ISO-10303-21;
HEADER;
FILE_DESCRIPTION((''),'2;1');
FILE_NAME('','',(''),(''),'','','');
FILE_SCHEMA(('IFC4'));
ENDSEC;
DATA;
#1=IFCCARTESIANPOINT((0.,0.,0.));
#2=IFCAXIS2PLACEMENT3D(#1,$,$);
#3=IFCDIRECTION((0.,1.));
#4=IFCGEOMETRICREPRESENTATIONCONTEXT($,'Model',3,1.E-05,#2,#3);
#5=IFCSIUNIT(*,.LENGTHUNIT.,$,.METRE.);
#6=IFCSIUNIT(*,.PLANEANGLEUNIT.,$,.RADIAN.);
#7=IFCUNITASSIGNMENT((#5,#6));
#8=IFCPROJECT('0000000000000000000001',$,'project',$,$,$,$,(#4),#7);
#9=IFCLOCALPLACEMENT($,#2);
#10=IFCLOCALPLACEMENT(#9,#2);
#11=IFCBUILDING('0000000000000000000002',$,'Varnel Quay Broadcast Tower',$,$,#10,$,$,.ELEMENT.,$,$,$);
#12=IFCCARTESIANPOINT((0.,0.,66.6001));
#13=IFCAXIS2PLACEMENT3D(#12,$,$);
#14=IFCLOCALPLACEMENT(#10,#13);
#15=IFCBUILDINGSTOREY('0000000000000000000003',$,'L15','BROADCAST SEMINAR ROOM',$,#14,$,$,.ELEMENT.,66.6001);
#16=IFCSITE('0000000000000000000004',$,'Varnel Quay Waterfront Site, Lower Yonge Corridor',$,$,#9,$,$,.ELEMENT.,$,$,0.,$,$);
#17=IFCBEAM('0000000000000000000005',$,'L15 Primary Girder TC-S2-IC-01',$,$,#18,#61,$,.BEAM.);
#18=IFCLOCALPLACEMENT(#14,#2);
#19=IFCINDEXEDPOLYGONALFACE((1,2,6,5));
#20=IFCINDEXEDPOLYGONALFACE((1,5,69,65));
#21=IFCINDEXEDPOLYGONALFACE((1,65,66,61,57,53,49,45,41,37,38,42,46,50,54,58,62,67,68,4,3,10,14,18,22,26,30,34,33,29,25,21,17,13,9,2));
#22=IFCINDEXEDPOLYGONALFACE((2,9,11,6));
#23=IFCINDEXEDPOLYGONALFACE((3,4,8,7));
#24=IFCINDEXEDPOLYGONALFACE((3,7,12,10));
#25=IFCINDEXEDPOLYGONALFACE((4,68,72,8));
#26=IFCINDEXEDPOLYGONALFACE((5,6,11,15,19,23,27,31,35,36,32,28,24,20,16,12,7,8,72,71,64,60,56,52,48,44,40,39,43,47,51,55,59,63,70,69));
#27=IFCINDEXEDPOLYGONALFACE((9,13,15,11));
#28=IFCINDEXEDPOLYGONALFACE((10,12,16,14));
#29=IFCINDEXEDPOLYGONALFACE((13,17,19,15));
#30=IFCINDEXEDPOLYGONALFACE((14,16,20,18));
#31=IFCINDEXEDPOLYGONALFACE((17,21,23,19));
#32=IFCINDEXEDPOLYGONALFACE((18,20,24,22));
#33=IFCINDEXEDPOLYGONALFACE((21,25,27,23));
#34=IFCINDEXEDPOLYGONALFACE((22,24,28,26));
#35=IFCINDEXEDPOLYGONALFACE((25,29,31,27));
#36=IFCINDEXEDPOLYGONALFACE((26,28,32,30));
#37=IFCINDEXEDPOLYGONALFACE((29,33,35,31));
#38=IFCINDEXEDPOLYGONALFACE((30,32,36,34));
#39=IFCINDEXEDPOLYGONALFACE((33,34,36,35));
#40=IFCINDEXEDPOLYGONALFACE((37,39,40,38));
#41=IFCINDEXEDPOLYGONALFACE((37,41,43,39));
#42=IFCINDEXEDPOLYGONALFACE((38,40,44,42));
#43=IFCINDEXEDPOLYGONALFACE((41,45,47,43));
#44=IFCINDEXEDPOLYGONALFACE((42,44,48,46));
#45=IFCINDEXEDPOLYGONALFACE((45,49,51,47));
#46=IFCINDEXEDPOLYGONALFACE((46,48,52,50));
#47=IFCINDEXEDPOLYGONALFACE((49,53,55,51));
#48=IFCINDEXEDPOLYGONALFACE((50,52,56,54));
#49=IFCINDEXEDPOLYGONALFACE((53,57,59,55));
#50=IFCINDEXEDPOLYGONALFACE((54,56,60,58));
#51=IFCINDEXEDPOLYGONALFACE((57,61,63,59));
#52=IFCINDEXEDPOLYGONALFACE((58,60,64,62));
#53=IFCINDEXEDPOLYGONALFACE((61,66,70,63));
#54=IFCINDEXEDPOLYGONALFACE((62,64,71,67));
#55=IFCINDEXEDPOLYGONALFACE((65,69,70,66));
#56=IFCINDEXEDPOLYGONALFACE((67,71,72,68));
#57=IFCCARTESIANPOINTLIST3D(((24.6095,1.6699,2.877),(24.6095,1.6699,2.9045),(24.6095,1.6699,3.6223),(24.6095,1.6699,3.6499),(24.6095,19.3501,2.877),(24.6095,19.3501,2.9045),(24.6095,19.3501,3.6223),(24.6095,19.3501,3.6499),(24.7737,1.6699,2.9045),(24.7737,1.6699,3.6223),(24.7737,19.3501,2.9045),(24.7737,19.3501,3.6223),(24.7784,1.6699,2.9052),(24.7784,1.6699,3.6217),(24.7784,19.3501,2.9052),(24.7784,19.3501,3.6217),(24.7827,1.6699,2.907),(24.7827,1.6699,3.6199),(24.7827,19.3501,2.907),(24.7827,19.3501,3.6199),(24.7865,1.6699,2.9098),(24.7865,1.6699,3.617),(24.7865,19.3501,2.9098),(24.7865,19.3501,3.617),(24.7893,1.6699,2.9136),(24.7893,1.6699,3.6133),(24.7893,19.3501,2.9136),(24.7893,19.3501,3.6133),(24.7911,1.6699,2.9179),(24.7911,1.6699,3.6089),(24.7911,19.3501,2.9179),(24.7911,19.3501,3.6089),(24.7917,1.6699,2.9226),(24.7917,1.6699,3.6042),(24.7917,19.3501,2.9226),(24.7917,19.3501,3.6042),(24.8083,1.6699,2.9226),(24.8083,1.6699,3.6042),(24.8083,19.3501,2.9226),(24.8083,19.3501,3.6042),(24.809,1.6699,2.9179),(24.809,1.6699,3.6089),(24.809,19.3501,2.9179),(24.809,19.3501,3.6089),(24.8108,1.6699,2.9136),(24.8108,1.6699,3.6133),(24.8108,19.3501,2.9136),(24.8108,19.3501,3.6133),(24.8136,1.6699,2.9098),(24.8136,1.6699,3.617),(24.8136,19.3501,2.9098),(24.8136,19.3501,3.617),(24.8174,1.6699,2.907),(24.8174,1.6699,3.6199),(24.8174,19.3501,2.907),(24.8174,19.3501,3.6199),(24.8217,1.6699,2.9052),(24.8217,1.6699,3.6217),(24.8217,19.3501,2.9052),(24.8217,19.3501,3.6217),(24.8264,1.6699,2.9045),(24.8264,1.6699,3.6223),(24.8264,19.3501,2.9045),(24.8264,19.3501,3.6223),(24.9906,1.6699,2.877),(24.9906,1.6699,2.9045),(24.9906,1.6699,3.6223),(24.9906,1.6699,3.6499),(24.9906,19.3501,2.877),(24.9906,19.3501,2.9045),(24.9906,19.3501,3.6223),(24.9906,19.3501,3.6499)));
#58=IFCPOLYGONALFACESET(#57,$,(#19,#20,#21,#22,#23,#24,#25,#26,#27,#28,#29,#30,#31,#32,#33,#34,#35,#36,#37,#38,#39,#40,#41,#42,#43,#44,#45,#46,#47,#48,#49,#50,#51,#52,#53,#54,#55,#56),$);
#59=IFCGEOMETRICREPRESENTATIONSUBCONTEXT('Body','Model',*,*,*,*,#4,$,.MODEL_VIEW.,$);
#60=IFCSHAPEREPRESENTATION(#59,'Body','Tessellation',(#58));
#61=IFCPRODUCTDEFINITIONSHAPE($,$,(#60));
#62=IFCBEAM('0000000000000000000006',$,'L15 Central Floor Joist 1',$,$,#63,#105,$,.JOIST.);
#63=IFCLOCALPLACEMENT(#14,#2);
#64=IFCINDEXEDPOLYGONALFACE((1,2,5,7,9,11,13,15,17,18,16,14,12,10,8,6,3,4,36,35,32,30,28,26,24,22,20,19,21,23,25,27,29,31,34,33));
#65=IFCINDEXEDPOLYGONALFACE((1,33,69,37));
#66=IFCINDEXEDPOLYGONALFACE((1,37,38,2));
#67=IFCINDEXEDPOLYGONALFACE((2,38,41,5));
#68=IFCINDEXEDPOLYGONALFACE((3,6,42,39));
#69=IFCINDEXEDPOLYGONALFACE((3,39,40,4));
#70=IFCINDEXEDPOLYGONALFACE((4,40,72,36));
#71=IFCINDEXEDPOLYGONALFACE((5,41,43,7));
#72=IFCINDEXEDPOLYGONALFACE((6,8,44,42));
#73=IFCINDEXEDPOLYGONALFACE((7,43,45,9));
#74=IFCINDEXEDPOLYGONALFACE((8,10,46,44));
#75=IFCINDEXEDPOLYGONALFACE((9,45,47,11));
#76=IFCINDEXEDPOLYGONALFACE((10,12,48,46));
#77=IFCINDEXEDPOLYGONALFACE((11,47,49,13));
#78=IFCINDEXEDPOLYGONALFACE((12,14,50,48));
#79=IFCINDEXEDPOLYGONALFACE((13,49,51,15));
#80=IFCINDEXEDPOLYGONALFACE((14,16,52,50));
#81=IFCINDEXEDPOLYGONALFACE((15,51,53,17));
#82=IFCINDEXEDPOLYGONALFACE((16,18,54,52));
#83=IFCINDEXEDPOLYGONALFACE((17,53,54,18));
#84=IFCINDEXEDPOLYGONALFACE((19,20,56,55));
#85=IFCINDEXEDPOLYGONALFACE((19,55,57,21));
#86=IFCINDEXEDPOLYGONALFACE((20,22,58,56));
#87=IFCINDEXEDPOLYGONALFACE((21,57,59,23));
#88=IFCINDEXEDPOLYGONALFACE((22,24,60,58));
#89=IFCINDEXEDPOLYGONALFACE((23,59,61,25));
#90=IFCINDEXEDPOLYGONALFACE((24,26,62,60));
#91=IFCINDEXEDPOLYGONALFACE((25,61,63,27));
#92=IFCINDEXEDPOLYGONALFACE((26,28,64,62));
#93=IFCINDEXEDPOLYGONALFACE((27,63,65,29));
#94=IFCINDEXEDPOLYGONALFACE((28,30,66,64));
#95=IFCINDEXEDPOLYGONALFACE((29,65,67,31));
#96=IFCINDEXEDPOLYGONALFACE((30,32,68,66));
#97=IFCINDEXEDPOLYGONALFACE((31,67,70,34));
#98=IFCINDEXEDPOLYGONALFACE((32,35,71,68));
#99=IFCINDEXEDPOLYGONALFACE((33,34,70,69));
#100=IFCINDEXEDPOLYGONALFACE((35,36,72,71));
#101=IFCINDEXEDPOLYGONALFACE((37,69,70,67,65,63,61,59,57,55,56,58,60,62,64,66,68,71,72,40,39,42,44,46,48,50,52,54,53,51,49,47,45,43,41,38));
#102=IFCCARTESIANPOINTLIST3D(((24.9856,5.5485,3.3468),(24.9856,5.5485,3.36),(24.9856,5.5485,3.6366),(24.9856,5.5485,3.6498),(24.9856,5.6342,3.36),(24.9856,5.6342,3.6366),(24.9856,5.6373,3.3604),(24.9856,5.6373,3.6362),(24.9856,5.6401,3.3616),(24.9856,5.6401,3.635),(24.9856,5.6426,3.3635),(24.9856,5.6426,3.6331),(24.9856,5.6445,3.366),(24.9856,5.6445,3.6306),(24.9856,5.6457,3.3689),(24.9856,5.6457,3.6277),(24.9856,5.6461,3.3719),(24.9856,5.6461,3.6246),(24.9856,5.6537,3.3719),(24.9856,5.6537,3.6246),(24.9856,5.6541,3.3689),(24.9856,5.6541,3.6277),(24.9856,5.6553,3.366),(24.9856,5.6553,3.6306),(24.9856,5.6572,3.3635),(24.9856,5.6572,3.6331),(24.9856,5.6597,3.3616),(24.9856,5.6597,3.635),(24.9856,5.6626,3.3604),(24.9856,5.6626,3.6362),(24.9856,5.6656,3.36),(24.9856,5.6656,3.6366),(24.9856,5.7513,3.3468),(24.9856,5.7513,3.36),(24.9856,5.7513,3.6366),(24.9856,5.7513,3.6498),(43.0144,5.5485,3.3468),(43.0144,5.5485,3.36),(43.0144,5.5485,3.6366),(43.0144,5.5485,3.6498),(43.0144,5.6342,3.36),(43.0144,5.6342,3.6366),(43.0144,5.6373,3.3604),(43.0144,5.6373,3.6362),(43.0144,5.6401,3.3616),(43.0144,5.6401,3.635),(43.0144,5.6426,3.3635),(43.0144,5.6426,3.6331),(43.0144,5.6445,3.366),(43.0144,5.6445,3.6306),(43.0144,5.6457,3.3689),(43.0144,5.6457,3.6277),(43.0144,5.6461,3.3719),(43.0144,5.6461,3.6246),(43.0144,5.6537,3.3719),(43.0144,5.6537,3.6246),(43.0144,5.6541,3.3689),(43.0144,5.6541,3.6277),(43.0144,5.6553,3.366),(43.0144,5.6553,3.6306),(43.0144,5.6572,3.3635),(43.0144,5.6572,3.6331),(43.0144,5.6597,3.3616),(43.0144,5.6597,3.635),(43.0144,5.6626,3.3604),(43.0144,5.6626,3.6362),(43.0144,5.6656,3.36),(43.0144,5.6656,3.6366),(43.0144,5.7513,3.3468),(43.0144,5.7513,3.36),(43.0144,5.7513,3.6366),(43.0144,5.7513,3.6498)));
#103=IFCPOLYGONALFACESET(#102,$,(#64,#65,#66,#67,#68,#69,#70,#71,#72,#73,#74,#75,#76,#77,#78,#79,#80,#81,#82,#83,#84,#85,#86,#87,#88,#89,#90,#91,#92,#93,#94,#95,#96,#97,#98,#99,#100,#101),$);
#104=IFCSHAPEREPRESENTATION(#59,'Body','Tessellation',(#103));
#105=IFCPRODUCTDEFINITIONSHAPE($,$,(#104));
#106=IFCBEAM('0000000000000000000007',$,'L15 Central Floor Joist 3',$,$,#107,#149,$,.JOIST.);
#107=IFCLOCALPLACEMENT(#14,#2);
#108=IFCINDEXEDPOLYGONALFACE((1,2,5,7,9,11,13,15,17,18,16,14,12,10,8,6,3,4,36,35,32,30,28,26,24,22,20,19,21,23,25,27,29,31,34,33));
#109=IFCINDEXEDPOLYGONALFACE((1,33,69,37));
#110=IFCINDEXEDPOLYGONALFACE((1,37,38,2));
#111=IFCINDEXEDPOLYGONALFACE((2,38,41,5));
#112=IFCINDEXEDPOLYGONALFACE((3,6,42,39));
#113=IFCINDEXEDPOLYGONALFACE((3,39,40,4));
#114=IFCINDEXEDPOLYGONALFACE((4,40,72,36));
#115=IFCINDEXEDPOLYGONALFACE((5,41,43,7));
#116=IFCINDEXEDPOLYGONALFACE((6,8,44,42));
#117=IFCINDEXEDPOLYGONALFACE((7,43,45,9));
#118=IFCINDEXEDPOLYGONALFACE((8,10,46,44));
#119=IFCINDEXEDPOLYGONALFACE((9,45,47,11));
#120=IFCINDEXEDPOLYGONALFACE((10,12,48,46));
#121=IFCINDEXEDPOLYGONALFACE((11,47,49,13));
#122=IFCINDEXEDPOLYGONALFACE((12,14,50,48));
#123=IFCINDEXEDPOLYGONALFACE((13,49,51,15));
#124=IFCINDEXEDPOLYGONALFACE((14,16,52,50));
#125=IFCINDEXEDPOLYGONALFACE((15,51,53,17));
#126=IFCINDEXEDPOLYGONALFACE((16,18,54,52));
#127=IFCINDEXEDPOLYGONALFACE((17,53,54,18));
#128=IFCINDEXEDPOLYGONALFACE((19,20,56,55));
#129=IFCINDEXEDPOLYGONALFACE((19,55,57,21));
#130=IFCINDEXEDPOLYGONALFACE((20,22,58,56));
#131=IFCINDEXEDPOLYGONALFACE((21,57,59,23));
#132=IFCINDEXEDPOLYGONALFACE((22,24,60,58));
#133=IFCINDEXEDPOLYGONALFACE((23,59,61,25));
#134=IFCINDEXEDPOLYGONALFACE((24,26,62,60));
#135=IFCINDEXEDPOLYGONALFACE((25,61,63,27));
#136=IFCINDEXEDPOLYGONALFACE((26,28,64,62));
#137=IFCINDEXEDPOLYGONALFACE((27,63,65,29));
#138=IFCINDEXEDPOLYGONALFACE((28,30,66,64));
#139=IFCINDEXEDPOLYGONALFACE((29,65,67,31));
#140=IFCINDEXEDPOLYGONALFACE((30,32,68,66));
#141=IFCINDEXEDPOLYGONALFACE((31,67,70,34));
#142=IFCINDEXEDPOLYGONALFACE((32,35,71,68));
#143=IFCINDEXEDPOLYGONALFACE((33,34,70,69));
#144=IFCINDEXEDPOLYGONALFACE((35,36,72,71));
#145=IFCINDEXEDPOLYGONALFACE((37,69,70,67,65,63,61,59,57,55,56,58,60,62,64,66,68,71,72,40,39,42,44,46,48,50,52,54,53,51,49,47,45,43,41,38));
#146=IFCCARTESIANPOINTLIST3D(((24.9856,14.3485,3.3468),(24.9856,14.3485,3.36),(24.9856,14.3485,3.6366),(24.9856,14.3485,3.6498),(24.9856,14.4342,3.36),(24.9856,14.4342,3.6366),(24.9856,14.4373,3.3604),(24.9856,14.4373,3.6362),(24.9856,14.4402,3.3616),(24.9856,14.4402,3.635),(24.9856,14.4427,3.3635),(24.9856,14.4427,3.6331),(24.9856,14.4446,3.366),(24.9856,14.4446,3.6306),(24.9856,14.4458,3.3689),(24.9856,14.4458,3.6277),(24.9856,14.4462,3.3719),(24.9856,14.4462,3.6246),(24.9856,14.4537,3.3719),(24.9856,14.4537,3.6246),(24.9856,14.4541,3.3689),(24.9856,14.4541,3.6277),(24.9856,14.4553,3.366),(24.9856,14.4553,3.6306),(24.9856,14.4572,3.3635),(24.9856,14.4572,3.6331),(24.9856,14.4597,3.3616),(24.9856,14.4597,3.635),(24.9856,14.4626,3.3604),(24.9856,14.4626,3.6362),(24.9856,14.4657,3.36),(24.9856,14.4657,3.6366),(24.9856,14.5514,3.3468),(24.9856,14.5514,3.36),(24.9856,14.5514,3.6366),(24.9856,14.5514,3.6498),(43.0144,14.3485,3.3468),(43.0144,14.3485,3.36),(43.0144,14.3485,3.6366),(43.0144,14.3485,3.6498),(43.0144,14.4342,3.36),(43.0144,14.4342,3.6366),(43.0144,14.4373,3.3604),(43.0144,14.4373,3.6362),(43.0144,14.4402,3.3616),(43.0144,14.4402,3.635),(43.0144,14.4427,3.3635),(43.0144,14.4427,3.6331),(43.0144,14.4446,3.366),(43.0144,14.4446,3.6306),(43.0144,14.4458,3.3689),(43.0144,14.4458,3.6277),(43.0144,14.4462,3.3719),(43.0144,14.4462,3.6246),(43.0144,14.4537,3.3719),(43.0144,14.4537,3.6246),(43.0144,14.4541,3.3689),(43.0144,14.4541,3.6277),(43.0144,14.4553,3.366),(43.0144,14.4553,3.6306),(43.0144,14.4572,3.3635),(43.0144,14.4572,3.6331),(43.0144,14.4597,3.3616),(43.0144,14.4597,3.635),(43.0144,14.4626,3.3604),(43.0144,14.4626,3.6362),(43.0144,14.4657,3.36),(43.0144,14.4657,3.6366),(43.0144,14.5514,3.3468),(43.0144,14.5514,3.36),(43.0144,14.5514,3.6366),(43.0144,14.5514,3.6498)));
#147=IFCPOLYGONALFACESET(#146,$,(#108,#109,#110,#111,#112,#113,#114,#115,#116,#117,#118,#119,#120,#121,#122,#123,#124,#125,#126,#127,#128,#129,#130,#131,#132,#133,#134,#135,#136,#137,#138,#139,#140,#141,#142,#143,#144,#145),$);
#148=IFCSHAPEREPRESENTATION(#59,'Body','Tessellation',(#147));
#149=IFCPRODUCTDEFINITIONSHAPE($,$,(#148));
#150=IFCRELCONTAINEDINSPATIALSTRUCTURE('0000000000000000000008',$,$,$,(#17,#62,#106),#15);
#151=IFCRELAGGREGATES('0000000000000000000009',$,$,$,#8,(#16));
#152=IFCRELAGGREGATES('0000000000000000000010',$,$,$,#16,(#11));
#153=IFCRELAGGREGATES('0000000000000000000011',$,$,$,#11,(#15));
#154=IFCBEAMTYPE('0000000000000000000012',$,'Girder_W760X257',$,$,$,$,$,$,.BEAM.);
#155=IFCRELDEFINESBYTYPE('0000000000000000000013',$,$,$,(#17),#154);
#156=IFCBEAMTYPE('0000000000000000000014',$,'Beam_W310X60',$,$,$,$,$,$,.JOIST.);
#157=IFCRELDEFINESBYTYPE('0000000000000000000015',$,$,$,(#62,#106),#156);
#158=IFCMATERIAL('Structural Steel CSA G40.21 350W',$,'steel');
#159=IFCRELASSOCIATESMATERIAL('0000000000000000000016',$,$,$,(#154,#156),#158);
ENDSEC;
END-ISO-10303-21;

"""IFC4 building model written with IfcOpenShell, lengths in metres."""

from ifc_helpers import new_model, si_unit, direction, frame, origin, origin_2d, place, context, subcontext, project, spatial, i_section, extrude, source, transform, mapped, material, material_profile, profile_set, type_object, type_shapes, element, save


model = new_model("IFC4")

# Units and contexts
model_context = context("Model", 3, precision=1e-05, world=origin(), true_north=direction((0.0, 1.0)))
body_context = subcontext(model_context, "Body", "Model", "MODEL_VIEW")
ifc_project = project(units=[si_unit("LENGTHUNIT", "METRE"), si_unit("PLANEANGLEUNIT", "RADIAN")], contexts=[model_context])

# Site, building, storey
site_placement = place(None, origin())
site = spatial("IfcSite", under=ifc_project, at=site_placement, Name="Varnel Quay Waterfront Site, Lower Yonge Corridor", CompositionType="ELEMENT", RefElevation=0.0)
building_placement = place(site_placement, origin())
building = spatial("IfcBuilding", under=site, at=building_placement, Name="Varnel Quay Broadcast Tower", CompositionType="ELEMENT")
storey_placement = place(building_placement, frame((0.0, 0.0, 66.6001)))
storey = spatial("IfcBuildingStorey", under=building, at=storey_placement, Name="L15", Description="BROADCAST SEMINAR ROOM", CompositionType="ELEMENT", Elevation=66.6001)

# Shared definitions
ifc_material_1 = material(Name="Structural Steel CSA G40.21 350W", Category="steel")

# Beams
ifc_material_profile_1 = material_profile(ifc_material_1, i_section(OverallWidth=0.3811, OverallDepth=0.7729, WebThickness=0.0166, FlangeThickness=0.0276, FilletRadius=0.0181, at=origin_2d()), Name="W760X257")
ifc_profile_set_1 = profile_set([ifc_material_profile_1], Name="Structural Steel CSA G40.21 350W")
beam_type_1 = type_object("IfcBeamType", Name="Girder_W760X257", PredefinedType="BEAM", material=ifc_profile_set_1)
shared_shape_1 = source(origin(), body_context, "Body", "SweptSolid", [
    extrude(i_section(OverallWidth=0.3811, OverallDepth=0.7729, WebThickness=0.0166, FlangeThickness=0.0276, FilletRadius=0.0181, at=origin_2d()), origin(), (0.0, 0.0, 1.0), 17.6802),
])
type_shapes(beam_type_1, [shared_shape_1])
beam_1_placement = place(storey_placement, frame((24.8, 1.6699, 3.2634), z_axis=(0.0, 1.0, 0.0), x_axis=(-1.0, 0.0, 0.0)))
element("IfcBeam", 1, at=beam_1_placement, inside=storey, type_object=beam_type_1, Name="L15 Primary Girder TC-S2-IC-01", PredefinedType="BEAM", context=body_context, shape_type="MappedRepresentation", body=[
    mapped(shared_shape_1, transform((0.0, 0.0, 0.0), x_axis=(1.0, 0.0, 0.0), y_axis=(0.0, 1.0, 0.0), z_axis=(0.0, 0.0, 1.0), scale=1.0)),
])
ifc_material_profile_2 = material_profile(ifc_material_1, i_section(OverallWidth=0.2029, OverallDepth=0.303, WebThickness=0.0076, FlangeThickness=0.0132, FilletRadius=0.012, at=origin_2d()), Name="W310X60")
ifc_profile_set_2 = profile_set([ifc_material_profile_2], Name="Structural Steel CSA G40.21 350W")
beam_type_2 = type_object("IfcBeamType", Name="Beam_W310X60", PredefinedType="JOIST", material=ifc_profile_set_2)
shared_shape_2 = source(origin(), body_context, "Body", "SweptSolid", [
    extrude(i_section(OverallWidth=0.2029, OverallDepth=0.303, WebThickness=0.0076, FlangeThickness=0.0132, FilletRadius=0.012, at=origin_2d()), origin(), (0.0, 0.0, 1.0), 18.0288),
])
type_shapes(beam_type_2, [shared_shape_2])
for number, where, z_axis, x_axis, name in (
    (2, (24.9856, 5.6499, 3.4983), (1.0, 0.0, 0.0), (0.0, 1.0, 0.0), "L15 Central Floor Joist 1"),
    (3, (24.9856, 14.45, 3.4983), (1.0, 0.0, 0.0), (0.0, 1.0, 0.0), "L15 Central Floor Joist 3"),
):
    element("IfcBeam", number, at=place(storey_placement, frame(where, z_axis=z_axis, x_axis=x_axis)), inside=storey, type_object=beam_type_2, Name=name, PredefinedType="JOIST", context=body_context, shape_type="MappedRepresentation", body=[
        mapped(shared_shape_2, transform((0.0, 0.0, 0.0), x_axis=(1.0, 0.0, 0.0), y_axis=(0.0, 1.0, 0.0), z_axis=(0.0, 0.0, 1.0), scale=1.0)),
    ])

save(model, "model.ifc")
